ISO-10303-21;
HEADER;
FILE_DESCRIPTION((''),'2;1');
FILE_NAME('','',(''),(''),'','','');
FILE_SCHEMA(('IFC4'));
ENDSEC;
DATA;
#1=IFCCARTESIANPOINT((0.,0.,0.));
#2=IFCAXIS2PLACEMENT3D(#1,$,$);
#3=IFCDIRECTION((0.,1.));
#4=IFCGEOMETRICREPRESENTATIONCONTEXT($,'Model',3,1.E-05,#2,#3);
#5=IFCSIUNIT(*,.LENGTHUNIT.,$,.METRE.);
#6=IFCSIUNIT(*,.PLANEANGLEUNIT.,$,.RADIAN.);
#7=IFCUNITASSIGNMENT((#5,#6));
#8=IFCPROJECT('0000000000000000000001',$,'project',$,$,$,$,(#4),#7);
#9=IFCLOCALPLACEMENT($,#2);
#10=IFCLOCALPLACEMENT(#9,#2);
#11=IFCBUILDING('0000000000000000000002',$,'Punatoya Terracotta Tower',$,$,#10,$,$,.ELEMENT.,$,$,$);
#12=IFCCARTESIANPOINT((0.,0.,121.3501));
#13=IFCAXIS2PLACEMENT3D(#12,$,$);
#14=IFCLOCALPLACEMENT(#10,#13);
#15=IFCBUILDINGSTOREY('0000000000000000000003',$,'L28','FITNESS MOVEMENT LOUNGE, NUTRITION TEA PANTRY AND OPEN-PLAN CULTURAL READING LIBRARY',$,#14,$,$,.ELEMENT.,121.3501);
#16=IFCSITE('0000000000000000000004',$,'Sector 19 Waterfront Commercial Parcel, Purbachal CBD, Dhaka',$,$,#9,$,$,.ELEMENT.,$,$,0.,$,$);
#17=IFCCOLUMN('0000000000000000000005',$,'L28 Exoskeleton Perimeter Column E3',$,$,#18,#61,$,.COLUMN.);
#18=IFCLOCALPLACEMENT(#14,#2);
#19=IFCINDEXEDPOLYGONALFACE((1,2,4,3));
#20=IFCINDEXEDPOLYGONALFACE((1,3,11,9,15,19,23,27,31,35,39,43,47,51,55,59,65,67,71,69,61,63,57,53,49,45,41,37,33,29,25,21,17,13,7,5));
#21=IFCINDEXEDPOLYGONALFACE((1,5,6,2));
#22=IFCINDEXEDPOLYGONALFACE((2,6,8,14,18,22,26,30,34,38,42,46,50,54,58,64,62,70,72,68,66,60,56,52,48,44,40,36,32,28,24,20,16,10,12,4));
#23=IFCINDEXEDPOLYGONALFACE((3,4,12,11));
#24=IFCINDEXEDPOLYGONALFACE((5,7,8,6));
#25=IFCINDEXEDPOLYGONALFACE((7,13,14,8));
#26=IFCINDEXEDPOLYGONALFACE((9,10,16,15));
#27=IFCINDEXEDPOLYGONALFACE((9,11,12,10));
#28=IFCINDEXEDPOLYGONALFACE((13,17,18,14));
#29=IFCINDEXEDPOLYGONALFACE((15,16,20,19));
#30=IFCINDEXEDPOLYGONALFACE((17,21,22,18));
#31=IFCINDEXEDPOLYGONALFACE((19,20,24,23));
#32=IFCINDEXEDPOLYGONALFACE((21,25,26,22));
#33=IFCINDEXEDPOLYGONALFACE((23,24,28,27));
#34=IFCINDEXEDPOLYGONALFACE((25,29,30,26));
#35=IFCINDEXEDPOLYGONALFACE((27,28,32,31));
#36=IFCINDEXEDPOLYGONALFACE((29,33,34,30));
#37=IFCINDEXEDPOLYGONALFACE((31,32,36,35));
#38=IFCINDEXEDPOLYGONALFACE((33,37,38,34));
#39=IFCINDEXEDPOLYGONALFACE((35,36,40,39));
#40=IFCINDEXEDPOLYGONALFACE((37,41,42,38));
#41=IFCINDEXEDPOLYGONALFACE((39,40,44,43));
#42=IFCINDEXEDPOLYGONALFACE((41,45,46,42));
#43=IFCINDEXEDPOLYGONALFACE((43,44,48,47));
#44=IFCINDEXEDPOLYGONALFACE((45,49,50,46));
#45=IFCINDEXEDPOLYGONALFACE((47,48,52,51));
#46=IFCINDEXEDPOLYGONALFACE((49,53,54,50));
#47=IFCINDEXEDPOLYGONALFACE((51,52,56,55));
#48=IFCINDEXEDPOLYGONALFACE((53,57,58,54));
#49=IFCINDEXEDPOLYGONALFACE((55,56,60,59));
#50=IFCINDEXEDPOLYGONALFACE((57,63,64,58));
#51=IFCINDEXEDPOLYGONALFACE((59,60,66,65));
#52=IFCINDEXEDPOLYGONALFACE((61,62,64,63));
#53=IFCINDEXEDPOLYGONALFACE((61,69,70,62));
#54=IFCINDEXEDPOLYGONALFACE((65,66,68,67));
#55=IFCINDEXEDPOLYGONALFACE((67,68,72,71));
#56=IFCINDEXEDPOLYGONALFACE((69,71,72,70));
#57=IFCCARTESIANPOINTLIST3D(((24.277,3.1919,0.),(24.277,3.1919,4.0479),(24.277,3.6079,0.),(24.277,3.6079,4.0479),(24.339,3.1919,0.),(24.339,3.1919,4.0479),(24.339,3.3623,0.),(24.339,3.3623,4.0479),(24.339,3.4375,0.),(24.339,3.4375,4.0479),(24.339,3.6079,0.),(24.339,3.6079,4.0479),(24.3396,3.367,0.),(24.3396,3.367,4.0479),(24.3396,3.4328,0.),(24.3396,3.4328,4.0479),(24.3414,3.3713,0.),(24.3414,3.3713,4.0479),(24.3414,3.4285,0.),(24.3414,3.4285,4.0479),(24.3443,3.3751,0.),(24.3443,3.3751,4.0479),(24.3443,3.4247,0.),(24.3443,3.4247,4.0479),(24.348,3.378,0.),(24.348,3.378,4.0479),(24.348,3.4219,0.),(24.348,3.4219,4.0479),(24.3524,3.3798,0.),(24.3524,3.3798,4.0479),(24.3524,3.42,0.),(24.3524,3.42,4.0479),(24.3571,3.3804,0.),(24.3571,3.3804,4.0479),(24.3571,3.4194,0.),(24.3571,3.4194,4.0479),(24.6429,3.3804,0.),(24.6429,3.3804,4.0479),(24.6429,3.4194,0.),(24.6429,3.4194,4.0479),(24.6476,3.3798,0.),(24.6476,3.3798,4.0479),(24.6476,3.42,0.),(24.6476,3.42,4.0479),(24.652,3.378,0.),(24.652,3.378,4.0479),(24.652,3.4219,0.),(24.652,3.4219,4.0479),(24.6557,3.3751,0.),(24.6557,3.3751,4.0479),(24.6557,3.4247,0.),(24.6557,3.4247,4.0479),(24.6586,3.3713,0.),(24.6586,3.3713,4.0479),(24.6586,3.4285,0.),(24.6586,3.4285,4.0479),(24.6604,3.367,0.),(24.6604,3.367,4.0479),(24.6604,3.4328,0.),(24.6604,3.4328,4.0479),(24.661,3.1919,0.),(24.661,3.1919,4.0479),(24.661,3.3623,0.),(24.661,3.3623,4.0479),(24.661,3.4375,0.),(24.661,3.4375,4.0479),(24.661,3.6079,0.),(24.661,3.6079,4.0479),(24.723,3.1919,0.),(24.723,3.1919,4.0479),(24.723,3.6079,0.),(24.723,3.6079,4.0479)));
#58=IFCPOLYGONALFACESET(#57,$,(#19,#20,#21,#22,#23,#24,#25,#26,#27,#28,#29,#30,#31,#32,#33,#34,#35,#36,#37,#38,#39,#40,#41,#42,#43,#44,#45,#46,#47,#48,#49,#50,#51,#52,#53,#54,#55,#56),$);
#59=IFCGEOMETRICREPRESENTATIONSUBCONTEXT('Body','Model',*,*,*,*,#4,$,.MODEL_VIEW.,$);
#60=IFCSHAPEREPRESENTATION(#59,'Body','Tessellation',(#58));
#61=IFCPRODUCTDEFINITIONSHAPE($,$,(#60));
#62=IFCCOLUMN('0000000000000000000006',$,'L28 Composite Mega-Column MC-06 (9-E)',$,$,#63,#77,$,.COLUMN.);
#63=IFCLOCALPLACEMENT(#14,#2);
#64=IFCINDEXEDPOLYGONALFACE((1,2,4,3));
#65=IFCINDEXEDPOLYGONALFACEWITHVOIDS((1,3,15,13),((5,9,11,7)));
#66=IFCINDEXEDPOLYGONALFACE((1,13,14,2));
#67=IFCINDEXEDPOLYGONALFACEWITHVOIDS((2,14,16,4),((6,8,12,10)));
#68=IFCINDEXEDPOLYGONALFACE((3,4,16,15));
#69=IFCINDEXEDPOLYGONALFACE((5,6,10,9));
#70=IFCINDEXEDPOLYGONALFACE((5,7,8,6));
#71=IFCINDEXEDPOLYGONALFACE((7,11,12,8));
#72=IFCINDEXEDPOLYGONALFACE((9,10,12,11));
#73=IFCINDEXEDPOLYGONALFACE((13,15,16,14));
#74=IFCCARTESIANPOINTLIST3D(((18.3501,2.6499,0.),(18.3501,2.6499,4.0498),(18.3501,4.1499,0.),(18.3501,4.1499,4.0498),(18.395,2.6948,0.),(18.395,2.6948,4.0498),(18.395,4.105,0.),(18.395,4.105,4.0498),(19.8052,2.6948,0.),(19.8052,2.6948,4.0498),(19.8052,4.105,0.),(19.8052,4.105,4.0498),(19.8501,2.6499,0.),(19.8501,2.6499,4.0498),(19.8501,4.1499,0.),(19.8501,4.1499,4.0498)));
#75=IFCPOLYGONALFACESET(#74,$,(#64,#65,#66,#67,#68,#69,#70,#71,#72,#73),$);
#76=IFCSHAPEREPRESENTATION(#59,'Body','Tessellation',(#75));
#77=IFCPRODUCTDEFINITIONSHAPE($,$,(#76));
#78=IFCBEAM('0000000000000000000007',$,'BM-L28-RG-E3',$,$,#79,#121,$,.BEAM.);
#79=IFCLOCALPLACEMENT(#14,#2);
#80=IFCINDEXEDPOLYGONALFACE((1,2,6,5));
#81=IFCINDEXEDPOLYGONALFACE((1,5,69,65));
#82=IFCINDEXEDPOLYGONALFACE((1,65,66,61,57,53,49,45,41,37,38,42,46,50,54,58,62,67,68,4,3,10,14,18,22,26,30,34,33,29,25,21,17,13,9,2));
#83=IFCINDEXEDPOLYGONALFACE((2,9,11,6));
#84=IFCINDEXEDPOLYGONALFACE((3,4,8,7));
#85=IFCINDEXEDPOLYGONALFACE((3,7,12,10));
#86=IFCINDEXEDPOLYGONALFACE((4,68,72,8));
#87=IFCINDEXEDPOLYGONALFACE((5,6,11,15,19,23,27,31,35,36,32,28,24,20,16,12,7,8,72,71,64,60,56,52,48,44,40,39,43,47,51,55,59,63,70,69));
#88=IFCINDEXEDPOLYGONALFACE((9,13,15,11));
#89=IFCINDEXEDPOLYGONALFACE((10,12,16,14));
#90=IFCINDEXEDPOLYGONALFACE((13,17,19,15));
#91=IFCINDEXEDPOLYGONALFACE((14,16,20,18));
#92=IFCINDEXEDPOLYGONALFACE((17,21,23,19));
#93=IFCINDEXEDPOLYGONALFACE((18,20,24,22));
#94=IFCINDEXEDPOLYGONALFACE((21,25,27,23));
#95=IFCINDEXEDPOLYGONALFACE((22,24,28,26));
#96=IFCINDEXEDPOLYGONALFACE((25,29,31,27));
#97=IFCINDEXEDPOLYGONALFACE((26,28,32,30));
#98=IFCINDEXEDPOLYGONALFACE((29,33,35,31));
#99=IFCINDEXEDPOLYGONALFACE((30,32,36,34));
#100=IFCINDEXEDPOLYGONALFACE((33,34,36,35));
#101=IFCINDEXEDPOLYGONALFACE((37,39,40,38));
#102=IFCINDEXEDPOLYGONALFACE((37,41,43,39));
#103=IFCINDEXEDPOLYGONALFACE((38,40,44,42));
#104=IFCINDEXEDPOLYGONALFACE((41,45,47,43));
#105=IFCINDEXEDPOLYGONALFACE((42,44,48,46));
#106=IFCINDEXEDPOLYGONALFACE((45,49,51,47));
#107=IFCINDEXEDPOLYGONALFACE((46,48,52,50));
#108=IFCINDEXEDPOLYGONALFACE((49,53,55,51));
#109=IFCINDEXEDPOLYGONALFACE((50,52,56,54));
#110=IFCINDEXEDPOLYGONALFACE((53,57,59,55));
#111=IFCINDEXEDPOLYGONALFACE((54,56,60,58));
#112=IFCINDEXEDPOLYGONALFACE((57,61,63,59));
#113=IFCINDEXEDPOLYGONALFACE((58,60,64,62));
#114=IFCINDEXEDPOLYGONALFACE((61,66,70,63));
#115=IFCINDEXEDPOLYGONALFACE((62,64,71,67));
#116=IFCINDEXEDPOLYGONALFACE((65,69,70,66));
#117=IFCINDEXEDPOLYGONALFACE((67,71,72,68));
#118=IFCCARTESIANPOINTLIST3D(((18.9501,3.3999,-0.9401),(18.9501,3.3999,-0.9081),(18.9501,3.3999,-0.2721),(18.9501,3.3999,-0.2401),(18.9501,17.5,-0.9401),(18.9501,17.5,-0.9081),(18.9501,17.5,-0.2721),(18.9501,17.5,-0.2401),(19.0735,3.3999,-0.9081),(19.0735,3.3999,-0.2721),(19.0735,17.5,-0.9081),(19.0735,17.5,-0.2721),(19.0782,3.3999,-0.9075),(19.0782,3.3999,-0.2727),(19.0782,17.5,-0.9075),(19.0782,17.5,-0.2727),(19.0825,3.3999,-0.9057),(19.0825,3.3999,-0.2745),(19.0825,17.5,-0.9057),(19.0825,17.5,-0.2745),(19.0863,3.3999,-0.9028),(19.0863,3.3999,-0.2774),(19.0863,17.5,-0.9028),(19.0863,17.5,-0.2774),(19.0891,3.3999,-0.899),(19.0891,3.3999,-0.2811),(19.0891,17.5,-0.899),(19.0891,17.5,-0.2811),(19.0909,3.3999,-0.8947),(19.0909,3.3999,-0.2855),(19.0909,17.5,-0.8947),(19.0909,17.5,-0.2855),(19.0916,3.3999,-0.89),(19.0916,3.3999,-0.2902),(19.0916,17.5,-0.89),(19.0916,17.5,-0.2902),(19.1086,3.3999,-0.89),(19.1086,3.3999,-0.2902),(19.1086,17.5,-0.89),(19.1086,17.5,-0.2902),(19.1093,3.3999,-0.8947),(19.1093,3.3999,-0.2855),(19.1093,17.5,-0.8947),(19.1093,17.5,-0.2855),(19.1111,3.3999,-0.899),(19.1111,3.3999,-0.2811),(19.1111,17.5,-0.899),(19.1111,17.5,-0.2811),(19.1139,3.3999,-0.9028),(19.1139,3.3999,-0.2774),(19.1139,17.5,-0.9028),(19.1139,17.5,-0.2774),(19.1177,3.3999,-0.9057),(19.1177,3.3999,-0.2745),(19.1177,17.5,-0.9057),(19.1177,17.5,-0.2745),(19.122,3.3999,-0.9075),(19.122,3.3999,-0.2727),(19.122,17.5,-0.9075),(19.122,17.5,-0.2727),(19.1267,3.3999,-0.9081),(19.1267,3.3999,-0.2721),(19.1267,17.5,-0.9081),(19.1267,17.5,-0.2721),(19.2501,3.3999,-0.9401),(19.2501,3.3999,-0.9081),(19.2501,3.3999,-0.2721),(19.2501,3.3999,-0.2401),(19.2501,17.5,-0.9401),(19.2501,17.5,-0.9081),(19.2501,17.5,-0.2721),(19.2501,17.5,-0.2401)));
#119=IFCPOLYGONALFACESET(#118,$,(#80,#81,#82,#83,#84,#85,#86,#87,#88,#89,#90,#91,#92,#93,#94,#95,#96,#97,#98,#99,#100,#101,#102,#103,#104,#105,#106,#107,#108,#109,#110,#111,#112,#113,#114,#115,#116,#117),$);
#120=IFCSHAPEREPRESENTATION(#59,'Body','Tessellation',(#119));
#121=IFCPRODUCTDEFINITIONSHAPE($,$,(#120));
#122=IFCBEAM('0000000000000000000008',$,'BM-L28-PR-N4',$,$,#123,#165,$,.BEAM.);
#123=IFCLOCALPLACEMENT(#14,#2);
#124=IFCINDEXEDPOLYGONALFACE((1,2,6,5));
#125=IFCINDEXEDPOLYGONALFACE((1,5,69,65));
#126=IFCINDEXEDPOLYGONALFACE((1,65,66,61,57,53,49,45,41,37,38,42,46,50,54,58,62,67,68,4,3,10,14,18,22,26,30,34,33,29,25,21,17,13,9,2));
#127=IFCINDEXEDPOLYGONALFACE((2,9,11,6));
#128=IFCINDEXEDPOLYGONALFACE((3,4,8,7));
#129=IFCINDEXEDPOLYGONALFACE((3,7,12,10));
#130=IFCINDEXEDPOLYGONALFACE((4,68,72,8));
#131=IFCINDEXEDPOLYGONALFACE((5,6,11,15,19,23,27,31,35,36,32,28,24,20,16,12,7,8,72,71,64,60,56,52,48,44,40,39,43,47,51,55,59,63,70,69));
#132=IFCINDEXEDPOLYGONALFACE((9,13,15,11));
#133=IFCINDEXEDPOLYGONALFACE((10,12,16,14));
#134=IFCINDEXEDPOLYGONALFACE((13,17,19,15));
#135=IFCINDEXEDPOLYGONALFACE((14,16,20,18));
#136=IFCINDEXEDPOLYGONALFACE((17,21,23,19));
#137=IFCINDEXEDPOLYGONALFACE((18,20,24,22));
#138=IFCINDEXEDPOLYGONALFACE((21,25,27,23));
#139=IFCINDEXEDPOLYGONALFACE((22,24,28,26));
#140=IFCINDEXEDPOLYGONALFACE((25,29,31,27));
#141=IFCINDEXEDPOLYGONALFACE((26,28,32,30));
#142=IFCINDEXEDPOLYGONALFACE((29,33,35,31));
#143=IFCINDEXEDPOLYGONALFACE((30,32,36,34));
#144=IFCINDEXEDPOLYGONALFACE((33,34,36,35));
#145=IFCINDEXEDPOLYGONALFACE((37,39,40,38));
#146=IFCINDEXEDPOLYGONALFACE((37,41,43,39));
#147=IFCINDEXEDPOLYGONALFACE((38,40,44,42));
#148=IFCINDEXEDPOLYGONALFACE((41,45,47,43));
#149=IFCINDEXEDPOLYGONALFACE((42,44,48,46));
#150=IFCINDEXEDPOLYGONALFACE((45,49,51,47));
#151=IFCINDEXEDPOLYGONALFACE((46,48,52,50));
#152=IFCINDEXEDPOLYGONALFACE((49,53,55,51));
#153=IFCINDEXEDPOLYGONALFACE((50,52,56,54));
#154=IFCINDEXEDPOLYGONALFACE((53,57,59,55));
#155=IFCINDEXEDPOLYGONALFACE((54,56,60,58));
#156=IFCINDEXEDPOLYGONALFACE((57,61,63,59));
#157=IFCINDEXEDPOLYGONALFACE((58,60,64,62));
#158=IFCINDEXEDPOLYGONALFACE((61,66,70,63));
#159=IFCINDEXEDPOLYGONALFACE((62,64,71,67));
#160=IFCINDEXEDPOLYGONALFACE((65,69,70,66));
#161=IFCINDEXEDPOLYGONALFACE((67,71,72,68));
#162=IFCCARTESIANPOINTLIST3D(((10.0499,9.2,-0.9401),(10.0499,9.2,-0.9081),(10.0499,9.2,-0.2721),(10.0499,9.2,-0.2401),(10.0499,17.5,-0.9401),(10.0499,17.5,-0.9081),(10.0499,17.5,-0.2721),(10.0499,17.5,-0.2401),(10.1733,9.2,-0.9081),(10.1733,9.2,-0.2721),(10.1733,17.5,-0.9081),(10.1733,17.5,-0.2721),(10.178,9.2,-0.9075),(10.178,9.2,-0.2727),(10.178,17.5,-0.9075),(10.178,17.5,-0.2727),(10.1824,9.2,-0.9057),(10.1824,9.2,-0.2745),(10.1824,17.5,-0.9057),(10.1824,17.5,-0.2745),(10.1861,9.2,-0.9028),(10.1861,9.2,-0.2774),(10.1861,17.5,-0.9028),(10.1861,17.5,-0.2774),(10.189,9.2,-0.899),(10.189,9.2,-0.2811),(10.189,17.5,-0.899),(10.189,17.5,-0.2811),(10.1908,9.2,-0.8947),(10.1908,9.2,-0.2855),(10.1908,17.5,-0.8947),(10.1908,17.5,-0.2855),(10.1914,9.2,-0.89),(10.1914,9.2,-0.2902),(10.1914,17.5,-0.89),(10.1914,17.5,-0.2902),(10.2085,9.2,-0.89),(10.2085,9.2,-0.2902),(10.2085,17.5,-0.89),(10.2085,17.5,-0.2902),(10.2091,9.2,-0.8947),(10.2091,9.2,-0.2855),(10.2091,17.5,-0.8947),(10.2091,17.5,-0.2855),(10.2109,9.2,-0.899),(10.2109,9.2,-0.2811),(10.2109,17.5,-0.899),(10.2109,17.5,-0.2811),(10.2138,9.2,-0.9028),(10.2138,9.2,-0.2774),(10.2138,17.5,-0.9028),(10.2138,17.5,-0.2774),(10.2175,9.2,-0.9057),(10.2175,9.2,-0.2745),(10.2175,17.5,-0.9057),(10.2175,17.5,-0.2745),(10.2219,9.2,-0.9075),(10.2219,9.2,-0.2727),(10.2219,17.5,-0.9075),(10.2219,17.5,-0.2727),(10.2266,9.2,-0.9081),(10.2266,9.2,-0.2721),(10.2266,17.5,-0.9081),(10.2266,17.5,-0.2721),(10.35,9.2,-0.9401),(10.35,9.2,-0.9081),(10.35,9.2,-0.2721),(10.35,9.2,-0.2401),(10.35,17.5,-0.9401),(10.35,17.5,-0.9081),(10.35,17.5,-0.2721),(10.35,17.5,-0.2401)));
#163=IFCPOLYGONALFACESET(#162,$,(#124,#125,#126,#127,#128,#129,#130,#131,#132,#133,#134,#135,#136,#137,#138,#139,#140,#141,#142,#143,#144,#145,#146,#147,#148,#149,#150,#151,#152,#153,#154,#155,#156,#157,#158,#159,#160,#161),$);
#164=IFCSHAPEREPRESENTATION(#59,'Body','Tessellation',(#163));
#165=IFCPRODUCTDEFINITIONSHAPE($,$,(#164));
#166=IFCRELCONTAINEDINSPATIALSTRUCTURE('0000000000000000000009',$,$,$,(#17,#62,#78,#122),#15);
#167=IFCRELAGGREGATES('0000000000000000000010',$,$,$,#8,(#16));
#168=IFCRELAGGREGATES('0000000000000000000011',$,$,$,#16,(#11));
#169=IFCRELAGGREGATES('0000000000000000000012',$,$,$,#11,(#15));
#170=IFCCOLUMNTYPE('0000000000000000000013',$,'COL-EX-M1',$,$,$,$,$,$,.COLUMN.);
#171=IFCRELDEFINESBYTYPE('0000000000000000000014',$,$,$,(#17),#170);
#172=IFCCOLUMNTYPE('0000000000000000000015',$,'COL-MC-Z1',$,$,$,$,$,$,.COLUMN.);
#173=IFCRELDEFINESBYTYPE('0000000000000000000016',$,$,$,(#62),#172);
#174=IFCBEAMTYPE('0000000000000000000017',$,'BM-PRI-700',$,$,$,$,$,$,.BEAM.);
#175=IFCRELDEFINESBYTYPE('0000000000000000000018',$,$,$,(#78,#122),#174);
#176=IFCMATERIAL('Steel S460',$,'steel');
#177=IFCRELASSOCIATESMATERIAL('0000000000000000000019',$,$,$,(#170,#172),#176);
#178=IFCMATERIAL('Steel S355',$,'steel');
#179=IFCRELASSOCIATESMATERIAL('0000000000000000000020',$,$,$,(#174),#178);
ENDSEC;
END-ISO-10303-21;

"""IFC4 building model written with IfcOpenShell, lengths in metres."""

from ifc_helpers import new_model, si_unit, direction, frame, origin, origin_2d, place, context, subcontext, project, spatial, hollow_rectangle, i_section, extrude, material, material_profile, profile_set, type_object, element, save


model = new_model("IFC4")

# Units and contexts
model_context = context("Model", 3, precision=1e-05, world=origin(), true_north=direction((0.0, 1.0)))
body_context = subcontext(model_context, "Body", "Model", "MODEL_VIEW")
ifc_project = project(units=[si_unit("LENGTHUNIT", "METRE"), si_unit("PLANEANGLEUNIT", "RADIAN")], contexts=[model_context])

# Site, building, storey
site_placement = place(None, origin())
site = spatial("IfcSite", under=ifc_project, at=site_placement, Name="Sector 19 Waterfront Commercial Parcel, Purbachal CBD, Dhaka", CompositionType="ELEMENT", RefElevation=0.0)
building_placement = place(site_placement, origin())
building = spatial("IfcBuilding", under=site, at=building_placement, Name="Punatoya Terracotta Tower", CompositionType="ELEMENT")
storey_placement = place(building_placement, frame((0.0, 0.0, 121.3501)))
storey = spatial("IfcBuildingStorey", under=building, at=storey_placement, Name="L28", Description="FITNESS MOVEMENT LOUNGE, NUTRITION TEA PANTRY AND OPEN-PLAN CULTURAL READING LIBRARY", CompositionType="ELEMENT", Elevation=121.3501)

# Columns
ifc_material_1 = material(Name="Steel S460", Category="steel")
ifc_material_profile_1 = material_profile(ifc_material_1, i_section(OverallWidth=0.416, OverallDepth=0.446, WebThickness=0.0391, FlangeThickness=0.062, FilletRadius=0.0181, at=origin_2d()))
ifc_profile_set_1 = profile_set([ifc_material_profile_1], Name="Steel S460")
column_type_1 = type_object("IfcColumnType", Name="COL-EX-M1", PredefinedType="COLUMN", material=ifc_profile_set_1)
column_1_placement = place(storey_placement, frame((24.5, 3.3999, 0.0), z_axis=(0.0, 0.0, 1.0), x_axis=(0.0, 1.0, 0.0)))
element("IfcColumn", 1, at=column_1_placement, inside=storey, type_object=column_type_1, Name="L28 Exoskeleton Perimeter Column E3", PredefinedType="COLUMN", context=body_context, shape_type="SweptSolid", body=[
    extrude(i_section(OverallWidth=0.416, OverallDepth=0.446, WebThickness=0.0391, FlangeThickness=0.062, FilletRadius=0.0181, at=origin_2d()), origin(), (0.0, 0.0, 1.0), 4.0479),
])
ifc_material_profile_2 = material_profile(ifc_material_1, hollow_rectangle(XDim=1.5, YDim=1.5, WallThickness=0.0449, at=origin_2d()))
ifc_profile_set_2 = profile_set([ifc_material_profile_2], Name="Steel S460")
column_type_2 = type_object("IfcColumnType", Name="COL-MC-Z1", PredefinedType="COLUMN", material=ifc_profile_set_2)
column_2_placement = place(storey_placement, frame((19.1001, 3.3999, 0.0), z_axis=(0.0, 0.0, 1.0), x_axis=(1.0, 0.0, 0.0)))
element("IfcColumn", 2, at=column_2_placement, inside=storey, type_object=column_type_2, Name="L28 Composite Mega-Column MC-06 (9-E)", PredefinedType="COLUMN", context=body_context, shape_type="SweptSolid", body=[
    extrude(hollow_rectangle(XDim=1.5, YDim=1.5, WallThickness=0.0449, at=origin_2d()), origin(), (0.0, 0.0, 1.0), 4.0498),
])

# Beams
ifc_material_2 = material(Name="Steel S355", Category="steel")
ifc_material_profile_3 = material_profile(ifc_material_2, i_section(OverallWidth=0.3, OverallDepth=0.7, WebThickness=0.0171, FlangeThickness=0.032, FilletRadius=0.0181, at=origin_2d()))
ifc_profile_set_3 = profile_set([ifc_material_profile_3], Name="Steel S355")
beam_type_1 = type_object("IfcBeamType", Name="BM-PRI-700", PredefinedType="BEAM", material=ifc_profile_set_3)
beam_1_placement = place(storey_placement, frame((19.1001, 3.3999, -0.5901), z_axis=(0.0, 1.0, 0.0), x_axis=(-1.0, 0.0, 0.0)))
element("IfcBeam", 3, at=beam_1_placement, inside=storey, type_object=beam_type_1, Name="BM-L28-RG-E3", PredefinedType="BEAM", context=body_context, shape_type="SweptSolid", body=[
    extrude(i_section(OverallWidth=0.3, OverallDepth=0.7, WebThickness=0.0171, FlangeThickness=0.032, FilletRadius=0.0181, at=origin_2d()), origin(), (0.0, 0.0, 1.0), 14.1001),
])
beam_2_placement = place(storey_placement, frame((10.2, 9.2, -0.5901), z_axis=(0.0, 1.0, 0.0), x_axis=(-1.0, 0.0, 0.0)))
element("IfcBeam", 4, at=beam_2_placement, inside=storey, type_object=beam_type_1, Name="BM-L28-PR-N4", PredefinedType="BEAM", context=body_context, shape_type="SweptSolid", body=[
    extrude(i_section(OverallWidth=0.3, OverallDepth=0.7, WebThickness=0.0171, FlangeThickness=0.032, FilletRadius=0.0181, at=origin_2d()), origin(), (0.0, 0.0, 1.0), 8.3),
])

save(model, "model.ifc")
